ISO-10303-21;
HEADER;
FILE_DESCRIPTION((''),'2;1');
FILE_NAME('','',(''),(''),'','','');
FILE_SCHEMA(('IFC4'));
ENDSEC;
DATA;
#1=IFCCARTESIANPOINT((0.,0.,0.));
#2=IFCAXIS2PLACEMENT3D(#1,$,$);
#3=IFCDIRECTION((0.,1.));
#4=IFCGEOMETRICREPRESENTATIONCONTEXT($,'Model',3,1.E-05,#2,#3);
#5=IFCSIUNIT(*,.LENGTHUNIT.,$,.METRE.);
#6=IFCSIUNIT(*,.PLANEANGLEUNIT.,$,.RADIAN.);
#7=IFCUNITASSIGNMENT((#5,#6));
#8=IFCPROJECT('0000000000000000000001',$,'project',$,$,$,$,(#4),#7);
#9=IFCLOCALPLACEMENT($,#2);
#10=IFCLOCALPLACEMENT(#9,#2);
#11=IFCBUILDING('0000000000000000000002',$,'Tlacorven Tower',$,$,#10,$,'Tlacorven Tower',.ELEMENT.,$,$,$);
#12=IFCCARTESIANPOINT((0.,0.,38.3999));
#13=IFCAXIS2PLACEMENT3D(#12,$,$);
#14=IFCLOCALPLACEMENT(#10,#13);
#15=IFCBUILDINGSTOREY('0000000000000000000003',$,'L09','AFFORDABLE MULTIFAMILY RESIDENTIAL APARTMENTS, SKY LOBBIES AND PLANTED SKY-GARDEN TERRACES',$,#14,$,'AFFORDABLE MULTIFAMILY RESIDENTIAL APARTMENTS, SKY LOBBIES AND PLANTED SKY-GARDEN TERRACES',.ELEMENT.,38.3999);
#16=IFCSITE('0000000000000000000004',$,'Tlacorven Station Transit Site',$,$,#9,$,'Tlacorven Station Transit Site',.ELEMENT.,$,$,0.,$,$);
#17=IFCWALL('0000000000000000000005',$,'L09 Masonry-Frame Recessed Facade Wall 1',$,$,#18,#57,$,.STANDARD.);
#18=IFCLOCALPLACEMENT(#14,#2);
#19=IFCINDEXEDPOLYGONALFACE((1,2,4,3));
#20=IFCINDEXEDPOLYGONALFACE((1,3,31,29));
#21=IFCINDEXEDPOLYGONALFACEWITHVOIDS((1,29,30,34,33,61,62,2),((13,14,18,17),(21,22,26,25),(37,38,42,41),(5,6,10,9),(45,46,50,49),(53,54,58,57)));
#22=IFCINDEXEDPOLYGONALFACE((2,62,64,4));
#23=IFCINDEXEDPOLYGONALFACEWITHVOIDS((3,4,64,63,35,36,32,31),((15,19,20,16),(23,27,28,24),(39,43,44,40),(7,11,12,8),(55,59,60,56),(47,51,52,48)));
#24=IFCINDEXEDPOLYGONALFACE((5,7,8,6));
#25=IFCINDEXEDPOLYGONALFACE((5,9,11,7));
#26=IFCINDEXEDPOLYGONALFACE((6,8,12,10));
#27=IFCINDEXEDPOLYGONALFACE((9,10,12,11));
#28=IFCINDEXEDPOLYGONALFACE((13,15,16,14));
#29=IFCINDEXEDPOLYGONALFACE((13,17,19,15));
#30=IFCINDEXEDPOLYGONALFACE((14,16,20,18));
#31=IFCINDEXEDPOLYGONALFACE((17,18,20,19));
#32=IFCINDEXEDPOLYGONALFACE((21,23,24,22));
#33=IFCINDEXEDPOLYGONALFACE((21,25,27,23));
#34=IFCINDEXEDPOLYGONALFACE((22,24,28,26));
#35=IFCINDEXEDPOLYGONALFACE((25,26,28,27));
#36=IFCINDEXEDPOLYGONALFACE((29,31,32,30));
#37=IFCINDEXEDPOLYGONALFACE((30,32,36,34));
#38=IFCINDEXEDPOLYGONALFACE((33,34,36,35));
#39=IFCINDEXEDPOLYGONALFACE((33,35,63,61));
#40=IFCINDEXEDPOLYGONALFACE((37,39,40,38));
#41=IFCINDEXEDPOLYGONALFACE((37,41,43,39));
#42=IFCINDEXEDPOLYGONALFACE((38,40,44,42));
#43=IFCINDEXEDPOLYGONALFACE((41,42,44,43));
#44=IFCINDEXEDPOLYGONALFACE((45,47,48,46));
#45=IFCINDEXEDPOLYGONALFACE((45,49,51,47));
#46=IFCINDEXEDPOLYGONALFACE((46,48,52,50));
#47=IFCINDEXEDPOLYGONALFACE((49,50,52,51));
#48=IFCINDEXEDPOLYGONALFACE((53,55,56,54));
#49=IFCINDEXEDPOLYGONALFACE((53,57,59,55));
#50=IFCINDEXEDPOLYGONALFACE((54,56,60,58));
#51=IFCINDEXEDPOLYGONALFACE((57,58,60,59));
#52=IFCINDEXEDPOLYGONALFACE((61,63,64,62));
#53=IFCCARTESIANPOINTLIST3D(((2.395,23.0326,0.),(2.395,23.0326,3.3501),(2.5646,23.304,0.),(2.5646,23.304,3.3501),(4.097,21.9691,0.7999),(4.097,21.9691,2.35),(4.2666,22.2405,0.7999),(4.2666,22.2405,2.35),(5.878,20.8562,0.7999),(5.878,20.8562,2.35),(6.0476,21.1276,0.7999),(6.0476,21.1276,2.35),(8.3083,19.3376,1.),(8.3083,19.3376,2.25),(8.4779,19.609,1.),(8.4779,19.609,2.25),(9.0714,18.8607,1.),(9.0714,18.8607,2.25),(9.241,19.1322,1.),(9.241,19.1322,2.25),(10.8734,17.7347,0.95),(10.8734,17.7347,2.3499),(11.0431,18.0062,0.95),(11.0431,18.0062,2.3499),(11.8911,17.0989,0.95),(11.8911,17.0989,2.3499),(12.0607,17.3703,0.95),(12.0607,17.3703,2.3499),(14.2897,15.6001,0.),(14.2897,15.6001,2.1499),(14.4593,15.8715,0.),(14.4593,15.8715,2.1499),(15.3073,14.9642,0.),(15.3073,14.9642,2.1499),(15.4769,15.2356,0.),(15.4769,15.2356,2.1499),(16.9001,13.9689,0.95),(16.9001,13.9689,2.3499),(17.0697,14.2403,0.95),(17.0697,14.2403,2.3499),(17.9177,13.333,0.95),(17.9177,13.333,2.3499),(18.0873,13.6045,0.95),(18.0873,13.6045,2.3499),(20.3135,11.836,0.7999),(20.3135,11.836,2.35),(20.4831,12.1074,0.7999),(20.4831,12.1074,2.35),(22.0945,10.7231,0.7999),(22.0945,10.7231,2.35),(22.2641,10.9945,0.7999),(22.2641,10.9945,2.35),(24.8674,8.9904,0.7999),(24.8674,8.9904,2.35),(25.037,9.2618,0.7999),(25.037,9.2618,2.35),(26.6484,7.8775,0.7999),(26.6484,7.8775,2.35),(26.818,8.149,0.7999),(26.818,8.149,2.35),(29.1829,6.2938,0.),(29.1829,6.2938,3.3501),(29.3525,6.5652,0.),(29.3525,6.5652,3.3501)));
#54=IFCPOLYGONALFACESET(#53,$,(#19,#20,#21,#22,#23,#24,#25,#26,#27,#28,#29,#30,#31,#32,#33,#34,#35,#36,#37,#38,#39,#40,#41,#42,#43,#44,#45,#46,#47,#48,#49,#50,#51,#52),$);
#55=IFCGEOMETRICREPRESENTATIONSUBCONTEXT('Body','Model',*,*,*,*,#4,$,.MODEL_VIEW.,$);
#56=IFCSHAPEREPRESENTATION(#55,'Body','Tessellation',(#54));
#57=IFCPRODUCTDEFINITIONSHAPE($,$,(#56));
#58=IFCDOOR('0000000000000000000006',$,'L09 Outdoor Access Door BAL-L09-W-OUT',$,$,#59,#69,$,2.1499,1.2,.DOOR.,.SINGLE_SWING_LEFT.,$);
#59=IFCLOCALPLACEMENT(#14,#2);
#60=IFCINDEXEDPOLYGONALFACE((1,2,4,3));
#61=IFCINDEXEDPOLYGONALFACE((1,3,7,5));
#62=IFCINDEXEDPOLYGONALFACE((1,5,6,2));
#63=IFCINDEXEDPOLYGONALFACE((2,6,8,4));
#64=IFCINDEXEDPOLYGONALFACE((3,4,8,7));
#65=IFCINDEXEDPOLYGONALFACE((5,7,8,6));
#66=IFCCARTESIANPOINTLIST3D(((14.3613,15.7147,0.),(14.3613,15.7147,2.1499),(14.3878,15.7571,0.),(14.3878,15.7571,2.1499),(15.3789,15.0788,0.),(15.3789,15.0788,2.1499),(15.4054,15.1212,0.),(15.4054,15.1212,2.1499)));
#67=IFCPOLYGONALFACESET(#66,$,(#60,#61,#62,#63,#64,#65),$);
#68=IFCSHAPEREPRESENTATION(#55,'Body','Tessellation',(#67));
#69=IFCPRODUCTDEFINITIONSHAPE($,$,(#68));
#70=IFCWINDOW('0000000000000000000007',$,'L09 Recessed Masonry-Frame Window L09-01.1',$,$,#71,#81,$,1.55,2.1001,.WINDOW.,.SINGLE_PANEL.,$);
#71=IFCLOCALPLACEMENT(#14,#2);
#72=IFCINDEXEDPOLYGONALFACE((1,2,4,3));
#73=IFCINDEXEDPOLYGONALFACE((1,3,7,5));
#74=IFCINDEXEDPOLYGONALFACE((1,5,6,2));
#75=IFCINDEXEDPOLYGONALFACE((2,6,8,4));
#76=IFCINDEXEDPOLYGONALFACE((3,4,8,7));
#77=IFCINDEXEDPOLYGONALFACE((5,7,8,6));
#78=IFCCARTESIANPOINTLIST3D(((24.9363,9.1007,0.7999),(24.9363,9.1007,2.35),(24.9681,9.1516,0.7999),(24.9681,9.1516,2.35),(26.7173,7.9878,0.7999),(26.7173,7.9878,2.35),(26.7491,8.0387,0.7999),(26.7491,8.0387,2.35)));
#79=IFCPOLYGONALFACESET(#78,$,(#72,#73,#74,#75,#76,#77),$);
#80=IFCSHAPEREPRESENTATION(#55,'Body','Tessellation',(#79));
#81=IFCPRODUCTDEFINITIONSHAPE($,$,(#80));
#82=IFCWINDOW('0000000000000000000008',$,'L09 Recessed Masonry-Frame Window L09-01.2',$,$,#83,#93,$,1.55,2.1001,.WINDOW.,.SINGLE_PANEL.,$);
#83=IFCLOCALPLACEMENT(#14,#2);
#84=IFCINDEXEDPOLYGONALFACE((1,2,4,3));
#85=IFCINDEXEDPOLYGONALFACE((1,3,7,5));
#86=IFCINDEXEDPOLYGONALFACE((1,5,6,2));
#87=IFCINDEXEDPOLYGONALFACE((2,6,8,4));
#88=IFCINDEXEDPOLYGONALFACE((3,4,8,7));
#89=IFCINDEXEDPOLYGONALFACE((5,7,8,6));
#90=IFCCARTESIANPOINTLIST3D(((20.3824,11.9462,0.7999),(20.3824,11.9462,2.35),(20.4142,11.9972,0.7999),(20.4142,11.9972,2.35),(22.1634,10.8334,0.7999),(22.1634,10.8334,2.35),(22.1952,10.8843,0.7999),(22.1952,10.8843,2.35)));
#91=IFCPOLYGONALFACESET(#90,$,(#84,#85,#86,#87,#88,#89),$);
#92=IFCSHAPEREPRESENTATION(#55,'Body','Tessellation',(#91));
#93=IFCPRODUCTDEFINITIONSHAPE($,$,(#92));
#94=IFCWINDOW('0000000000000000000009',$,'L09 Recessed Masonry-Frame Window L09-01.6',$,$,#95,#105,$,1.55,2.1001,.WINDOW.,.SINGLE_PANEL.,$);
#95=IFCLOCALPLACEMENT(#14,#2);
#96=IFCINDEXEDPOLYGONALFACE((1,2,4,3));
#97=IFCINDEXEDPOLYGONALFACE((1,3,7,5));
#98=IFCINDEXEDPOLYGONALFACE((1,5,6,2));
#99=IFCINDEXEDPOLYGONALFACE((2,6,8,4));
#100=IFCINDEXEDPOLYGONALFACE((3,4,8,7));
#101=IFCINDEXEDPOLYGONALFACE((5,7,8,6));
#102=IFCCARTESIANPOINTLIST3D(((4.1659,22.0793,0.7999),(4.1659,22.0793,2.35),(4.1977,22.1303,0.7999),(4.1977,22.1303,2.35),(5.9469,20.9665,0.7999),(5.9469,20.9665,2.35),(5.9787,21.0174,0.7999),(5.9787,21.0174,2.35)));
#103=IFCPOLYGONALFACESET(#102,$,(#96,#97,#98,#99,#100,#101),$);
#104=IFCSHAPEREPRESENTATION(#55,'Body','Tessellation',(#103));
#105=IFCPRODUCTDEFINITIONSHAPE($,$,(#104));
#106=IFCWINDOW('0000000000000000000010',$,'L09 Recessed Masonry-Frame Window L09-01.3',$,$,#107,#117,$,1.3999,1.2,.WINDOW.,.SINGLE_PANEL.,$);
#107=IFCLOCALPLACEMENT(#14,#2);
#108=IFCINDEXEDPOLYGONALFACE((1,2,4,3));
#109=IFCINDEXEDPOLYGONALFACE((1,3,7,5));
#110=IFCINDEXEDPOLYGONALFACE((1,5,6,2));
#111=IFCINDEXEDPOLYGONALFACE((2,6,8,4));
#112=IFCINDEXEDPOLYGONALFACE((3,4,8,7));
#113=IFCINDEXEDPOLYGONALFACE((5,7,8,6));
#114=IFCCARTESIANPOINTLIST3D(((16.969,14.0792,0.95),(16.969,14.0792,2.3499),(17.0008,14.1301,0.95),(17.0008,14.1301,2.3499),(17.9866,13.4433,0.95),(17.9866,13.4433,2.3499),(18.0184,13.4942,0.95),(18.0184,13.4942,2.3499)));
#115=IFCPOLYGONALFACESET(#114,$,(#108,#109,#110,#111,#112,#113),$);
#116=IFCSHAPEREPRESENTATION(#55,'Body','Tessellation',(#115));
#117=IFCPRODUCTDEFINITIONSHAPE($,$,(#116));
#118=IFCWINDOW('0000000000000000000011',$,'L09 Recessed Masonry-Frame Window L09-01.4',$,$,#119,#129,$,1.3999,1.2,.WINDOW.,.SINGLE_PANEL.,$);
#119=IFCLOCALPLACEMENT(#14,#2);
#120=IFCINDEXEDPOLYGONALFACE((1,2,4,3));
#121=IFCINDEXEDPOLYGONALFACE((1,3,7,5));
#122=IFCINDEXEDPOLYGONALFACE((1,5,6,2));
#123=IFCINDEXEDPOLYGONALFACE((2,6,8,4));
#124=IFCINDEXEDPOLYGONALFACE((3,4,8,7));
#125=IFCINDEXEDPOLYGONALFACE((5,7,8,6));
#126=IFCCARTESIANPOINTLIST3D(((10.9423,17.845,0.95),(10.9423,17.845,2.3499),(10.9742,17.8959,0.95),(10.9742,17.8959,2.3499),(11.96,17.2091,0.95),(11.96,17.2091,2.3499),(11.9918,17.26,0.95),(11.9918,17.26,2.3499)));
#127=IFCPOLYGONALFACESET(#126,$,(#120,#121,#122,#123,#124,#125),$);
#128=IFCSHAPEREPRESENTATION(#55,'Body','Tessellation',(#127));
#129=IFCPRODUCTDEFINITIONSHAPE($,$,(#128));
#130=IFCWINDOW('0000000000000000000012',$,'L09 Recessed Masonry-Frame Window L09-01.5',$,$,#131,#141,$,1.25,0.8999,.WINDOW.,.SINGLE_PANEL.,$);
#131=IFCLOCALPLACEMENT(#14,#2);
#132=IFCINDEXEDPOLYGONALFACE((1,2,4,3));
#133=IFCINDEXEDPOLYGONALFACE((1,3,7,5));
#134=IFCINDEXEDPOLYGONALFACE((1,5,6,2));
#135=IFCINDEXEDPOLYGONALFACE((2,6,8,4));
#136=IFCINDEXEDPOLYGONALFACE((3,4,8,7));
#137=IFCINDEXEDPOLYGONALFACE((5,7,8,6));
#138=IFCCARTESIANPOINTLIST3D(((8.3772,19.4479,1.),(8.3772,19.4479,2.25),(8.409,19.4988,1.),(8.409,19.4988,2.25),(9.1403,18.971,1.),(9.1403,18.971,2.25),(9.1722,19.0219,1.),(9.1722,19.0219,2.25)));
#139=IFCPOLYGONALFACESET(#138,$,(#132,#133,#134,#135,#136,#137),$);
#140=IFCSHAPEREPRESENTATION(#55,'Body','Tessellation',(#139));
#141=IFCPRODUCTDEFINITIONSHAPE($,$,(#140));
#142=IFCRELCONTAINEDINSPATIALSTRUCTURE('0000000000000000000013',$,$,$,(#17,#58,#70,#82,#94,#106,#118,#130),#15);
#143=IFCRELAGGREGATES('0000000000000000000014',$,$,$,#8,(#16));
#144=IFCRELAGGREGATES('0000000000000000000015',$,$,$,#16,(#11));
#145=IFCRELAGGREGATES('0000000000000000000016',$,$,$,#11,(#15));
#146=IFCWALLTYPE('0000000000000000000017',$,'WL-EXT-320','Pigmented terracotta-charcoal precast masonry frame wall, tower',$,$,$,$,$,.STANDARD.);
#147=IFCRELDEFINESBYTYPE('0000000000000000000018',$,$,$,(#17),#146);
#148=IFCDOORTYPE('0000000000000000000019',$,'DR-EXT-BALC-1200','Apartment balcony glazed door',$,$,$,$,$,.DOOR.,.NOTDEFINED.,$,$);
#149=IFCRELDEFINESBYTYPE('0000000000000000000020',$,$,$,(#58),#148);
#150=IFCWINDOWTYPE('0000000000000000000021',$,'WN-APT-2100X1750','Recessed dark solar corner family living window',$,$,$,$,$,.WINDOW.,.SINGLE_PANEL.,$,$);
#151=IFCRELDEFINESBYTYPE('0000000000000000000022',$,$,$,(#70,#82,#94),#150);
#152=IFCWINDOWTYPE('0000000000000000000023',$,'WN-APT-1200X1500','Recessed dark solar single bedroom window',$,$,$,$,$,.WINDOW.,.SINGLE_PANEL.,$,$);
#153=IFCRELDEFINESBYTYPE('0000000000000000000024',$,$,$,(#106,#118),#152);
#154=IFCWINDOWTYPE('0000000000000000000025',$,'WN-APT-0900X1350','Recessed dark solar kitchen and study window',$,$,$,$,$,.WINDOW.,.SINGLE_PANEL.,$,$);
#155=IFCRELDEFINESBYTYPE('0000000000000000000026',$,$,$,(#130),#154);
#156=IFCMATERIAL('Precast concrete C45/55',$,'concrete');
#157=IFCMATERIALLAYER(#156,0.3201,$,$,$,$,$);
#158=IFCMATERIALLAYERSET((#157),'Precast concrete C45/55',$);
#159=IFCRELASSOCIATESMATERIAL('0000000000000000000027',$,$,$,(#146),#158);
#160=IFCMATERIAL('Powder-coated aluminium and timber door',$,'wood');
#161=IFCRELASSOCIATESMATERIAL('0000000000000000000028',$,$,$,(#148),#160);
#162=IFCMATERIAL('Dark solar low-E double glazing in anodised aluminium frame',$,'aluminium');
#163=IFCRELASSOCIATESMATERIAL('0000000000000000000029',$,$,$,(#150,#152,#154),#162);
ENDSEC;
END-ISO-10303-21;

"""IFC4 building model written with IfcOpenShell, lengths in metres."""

from ifc_helpers import new_model, si_unit, direction, frame, frame_2d, origin, place, context, subcontext, project, spatial, rectangle, extrude, source, transform, mapped, material, layer, layer_set, type_object, element, fill, save


model = new_model("IFC4")

# Units and contexts
model_context = context("Model", 3, precision=1e-05, world=origin(), true_north=direction((0.0, 1.0)))
body_context = subcontext(model_context, "Body", "Model", "MODEL_VIEW")
ifc_project = project(units=[si_unit("LENGTHUNIT", "METRE"), si_unit("PLANEANGLEUNIT", "RADIAN")], contexts=[model_context])

# Site, building, storey
site_placement = place(None, origin())
site = spatial("IfcSite", under=ifc_project, at=site_placement, Name="Tlacorven Station Transit Site", LongName="Tlacorven Station Transit Site", CompositionType="ELEMENT", RefElevation=0.0)
building_placement = place(site_placement, origin())
building = spatial("IfcBuilding", under=site, at=building_placement, Name="Tlacorven Tower", LongName="Tlacorven Tower", CompositionType="ELEMENT")
storey_placement = place(building_placement, frame((0.0, 0.0, 38.3999)))
storey = spatial("IfcBuildingStorey", under=building, at=storey_placement, Name="L09", Description="AFFORDABLE MULTIFAMILY RESIDENTIAL APARTMENTS, SKY LOBBIES AND PLANTED SKY-GARDEN TERRACES", LongName="AFFORDABLE MULTIFAMILY RESIDENTIAL APARTMENTS, SKY LOBBIES AND PLANTED SKY-GARDEN TERRACES", CompositionType="ELEMENT", Elevation=38.3999)

# Wall, openings, door, windows
ifc_material_1 = material(Name="Precast concrete C45/55", Category="concrete")
ifc_layer_1 = layer(ifc_material_1, 0.3201)
ifc_layer_set_1 = layer_set([ifc_layer_1], Name="Precast concrete C45/55")
wall_type_1 = type_object("IfcWallType", Name="WL-EXT-320", Description="Pigmented terracotta-charcoal precast masonry frame wall, tower", PredefinedType="STANDARD", material=ifc_layer_set_1)
wall_1_placement = place(storey_placement, frame((29.2678, 6.4294, 0.0), z_axis=(0.0, 0.0, 1.0), x_axis=(-0.84805, 0.529916, 0.0)))
wall_1 = element("IfcWall", 1, at=wall_1_placement, inside=storey, type_object=wall_type_1, Name="L09 Masonry-Frame Recessed Facade Wall 1", PredefinedType="STANDARD", context=body_context, shape_type="SweptSolid", body=[
    extrude(rectangle(XDim=31.5876, YDim=0.3201, at=frame_2d((15.7939, 0.0))), origin(), (0.0, 0.0, 1.0), 3.3501),
])
opening_1_placement = place(wall_1_placement, frame((16.3618, 0.0, 0.0)))
opening_1 = element("IfcOpeningElement", 2, at=opening_1_placement, cuts=wall_1, PredefinedType="OPENING", context=body_context, shape_type="SweptSolid", body=[
    extrude(rectangle(XDim=1.2, YDim=2.1499, at=frame_2d((0.6001, 1.075))), frame((0.0, 0.1699, 0.0), z_axis=(0.0, -1.0, 0.0), x_axis=(1.0, 0.0, 0.0)), (0.0, 0.0, 1.0), 0.3401),
])
opening_2_placement = place(wall_1_placement, frame((2.9888, 0.0, 0.8)))
opening_2 = element("IfcOpeningElement", 3, at=opening_2_placement, cuts=wall_1, PredefinedType="OPENING", context=body_context, shape_type="SweptSolid", body=[
    extrude(rectangle(XDim=2.1001, YDim=1.55, at=frame_2d((1.05, 0.7749))), frame((0.0, 0.1699, 0.0), z_axis=(0.0, -1.0, 0.0), x_axis=(1.0, 0.0, 0.0)), (0.0, 0.0, 1.0), 0.3401),
])
opening_3_placement = place(wall_1_placement, frame((8.3586, 0.0, 0.8)))
opening_3 = element("IfcOpeningElement", 4, at=opening_3_placement, cuts=wall_1, PredefinedType="OPENING", context=body_context, shape_type="SweptSolid", body=[
    extrude(rectangle(XDim=2.1001, YDim=1.55, at=frame_2d((1.05, 0.7749))), frame((0.0, 0.1699, 0.0), z_axis=(0.0, -1.0, 0.0), x_axis=(1.0, 0.0, 0.0)), (0.0, 0.0, 1.0), 0.3401),
])
opening_4_placement = place(wall_1_placement, frame((13.2837, 0.0, 0.95)))
opening_4 = element("IfcOpeningElement", 5, at=opening_4_placement, cuts=wall_1, PredefinedType="OPENING", context=body_context, shape_type="SweptSolid", body=[
    extrude(rectangle(XDim=1.2, YDim=1.3999, at=frame_2d((0.6001, 0.7))), frame((0.0, 0.1699, 0.0), z_axis=(0.0, -1.0, 0.0), x_axis=(1.0, 0.0, 0.0)), (0.0, 0.0, 1.0), 0.3401),
])
opening_5_placement = place(wall_1_placement, frame((20.3901, 0.0, 0.95)))
opening_5 = element("IfcOpeningElement", 6, at=opening_5_placement, cuts=wall_1, PredefinedType="OPENING", context=body_context, shape_type="SweptSolid", body=[
    extrude(rectangle(XDim=1.2, YDim=1.3999, at=frame_2d((0.6001, 0.7))), frame((0.0, 0.1699, 0.0), z_axis=(0.0, -1.0, 0.0), x_axis=(1.0, 0.0, 0.0)), (0.0, 0.0, 1.0), 0.3401),
])
opening_6_placement = place(wall_1_placement, frame((23.7151, 0.0, 1.0)))
opening_6 = element("IfcOpeningElement", 7, at=opening_6_placement, cuts=wall_1, PredefinedType="OPENING", context=body_context, shape_type="SweptSolid", body=[
    extrude(rectangle(XDim=0.8999, YDim=1.25, at=frame_2d((0.45, 0.625))), frame((0.0, 0.1699, 0.0), z_axis=(0.0, -1.0, 0.0), x_axis=(1.0, 0.0, 0.0)), (0.0, 0.0, 1.0), 0.3401),
])
opening_7_placement = place(wall_1_placement, frame((27.4807, 0.0, 0.8)))
opening_7 = element("IfcOpeningElement", 8, at=opening_7_placement, cuts=wall_1, PredefinedType="OPENING", context=body_context, shape_type="SweptSolid", body=[
    extrude(rectangle(XDim=2.1001, YDim=1.55, at=frame_2d((1.05, 0.7749))), frame((0.0, 0.1699, 0.0), z_axis=(0.0, -1.0, 0.0), x_axis=(1.0, 0.0, 0.0)), (0.0, 0.0, 1.0), 0.3401),
])
ifc_material_2 = material(Name="Powder-coated aluminium and timber door", Category="wood")
door_type_1 = type_object("IfcDoorType", Name="DR-EXT-BALC-1200", Description="Apartment balcony glazed door", OperationType="NOTDEFINED", PredefinedType="DOOR", material=ifc_material_2)
shared_shape_1 = source(origin(), body_context, "Body", "SweptSolid", [
    extrude(rectangle(XDim=1.2, YDim=2.1499, at=frame_2d((0.6001, 1.075))), frame((0.0, 0.0249, 0.0), z_axis=(0.0, -1.0, 0.0), x_axis=(1.0, 0.0, 0.0)), (0.0, 0.0, 1.0), 0.05),
])
door_1_placement = place(opening_1_placement, origin())
door_1 = element("IfcDoor", 9, at=door_1_placement, inside=storey, type_object=door_type_1, Name="L09 Outdoor Access Door BAL-L09-W-OUT", OperationType="SINGLE_SWING_LEFT", OverallHeight=2.1499, OverallWidth=1.2, PredefinedType="DOOR", context=body_context, shape_type="MappedRepresentation", body=[
    mapped(shared_shape_1, transform((0.0, 0.0, 0.0), scale=1.0)),
])
fill(opening_1, door_1)
ifc_material_3 = material(Name="Dark solar low-E double glazing in anodised aluminium frame", Category="aluminium")
window_type_1 = type_object("IfcWindowType", Name="WN-APT-2100X1750", Description="Recessed dark solar corner family living window", PartitioningType="SINGLE_PANEL", PredefinedType="WINDOW", material=ifc_material_3)
shared_shape_2 = source(origin(), body_context, "Body", "SweptSolid", [
    extrude(rectangle(XDim=2.1001, YDim=1.55, at=frame_2d((1.05, 0.7749))), frame((0.0, 0.03, 0.0), z_axis=(0.0, -1.0, 0.0), x_axis=(1.0, 0.0, 0.0)), (0.0, 0.0, 1.0), 0.0601),
])
window_1_placement = place(opening_2_placement, origin())
window_1 = element("IfcWindow", 10, at=window_1_placement, inside=storey, type_object=window_type_1, Name="L09 Recessed Masonry-Frame Window L09-01.1", OverallHeight=1.55, OverallWidth=2.1001, PartitioningType="SINGLE_PANEL", PredefinedType="WINDOW", context=body_context, shape_type="MappedRepresentation", body=[
    mapped(shared_shape_2, transform((0.0, 0.0, 0.0), scale=1.0)),
])
fill(opening_2, window_1)
window_2_placement = place(opening_3_placement, origin())
window_2 = element("IfcWindow", 11, at=window_2_placement, inside=storey, type_object=window_type_1, Name="L09 Recessed Masonry-Frame Window L09-01.2", OverallHeight=1.55, OverallWidth=2.1001, PartitioningType="SINGLE_PANEL", PredefinedType="WINDOW", context=body_context, shape_type="MappedRepresentation", body=[
    mapped(shared_shape_2, transform((0.0, 0.0, 0.0), scale=1.0)),
])
fill(opening_3, window_2)
window_3_placement = place(opening_7_placement, origin())
window_3 = element("IfcWindow", 12, at=window_3_placement, inside=storey, type_object=window_type_1, Name="L09 Recessed Masonry-Frame Window L09-01.6", OverallHeight=1.55, OverallWidth=2.1001, PartitioningType="SINGLE_PANEL", PredefinedType="WINDOW", context=body_context, shape_type="MappedRepresentation", body=[
    mapped(shared_shape_2, transform((0.0, 0.0, 0.0), scale=1.0)),
])
fill(opening_7, window_3)
window_type_2 = type_object("IfcWindowType", Name="WN-APT-1200X1500", Description="Recessed dark solar single bedroom window", PartitioningType="SINGLE_PANEL", PredefinedType="WINDOW", material=ifc_material_3)
shared_shape_3 = source(origin(), body_context, "Body", "SweptSolid", [
    extrude(rectangle(XDim=1.2, YDim=1.3999, at=frame_2d((0.6001, 0.7))), frame((0.0, 0.03, 0.0), z_axis=(0.0, -1.0, 0.0), x_axis=(1.0, 0.0, 0.0)), (0.0, 0.0, 1.0), 0.0601),
])
window_4_placement = place(opening_4_placement, origin())
window_4 = element("IfcWindow", 13, at=window_4_placement, inside=storey, type_object=window_type_2, Name="L09 Recessed Masonry-Frame Window L09-01.3", OverallHeight=1.3999, OverallWidth=1.2, PartitioningType="SINGLE_PANEL", PredefinedType="WINDOW", context=body_context, shape_type="MappedRepresentation", body=[
    mapped(shared_shape_3, transform((0.0, 0.0, 0.0), scale=1.0)),
])
fill(opening_4, window_4)
window_5_placement = place(opening_5_placement, origin())
window_5 = element("IfcWindow", 14, at=window_5_placement, inside=storey, type_object=window_type_2, Name="L09 Recessed Masonry-Frame Window L09-01.4", OverallHeight=1.3999, OverallWidth=1.2, PartitioningType="SINGLE_PANEL", PredefinedType="WINDOW", context=body_context, shape_type="MappedRepresentation", body=[
    mapped(shared_shape_3, transform((0.0, 0.0, 0.0), scale=1.0)),
])
fill(opening_5, window_5)
window_type_3 = type_object("IfcWindowType", Name="WN-APT-0900X1350", Description="Recessed dark solar kitchen and study window", PartitioningType="SINGLE_PANEL", PredefinedType="WINDOW", material=ifc_material_3)
shared_shape_4 = source(origin(), body_context, "Body", "SweptSolid", [
    extrude(rectangle(XDim=0.8999, YDim=1.25, at=frame_2d((0.45, 0.625))), frame((0.0, 0.03, 0.0), z_axis=(0.0, -1.0, 0.0), x_axis=(1.0, 0.0, 0.0)), (0.0, 0.0, 1.0), 0.0601),
])
window_6_placement = place(opening_6_placement, origin())
window_6 = element("IfcWindow", 15, at=window_6_placement, inside=storey, type_object=window_type_3, Name="L09 Recessed Masonry-Frame Window L09-01.5", OverallHeight=1.25, OverallWidth=0.8999, PartitioningType="SINGLE_PANEL", PredefinedType="WINDOW", context=body_context, shape_type="MappedRepresentation", body=[
    mapped(shared_shape_4, transform((0.0, 0.0, 0.0), scale=1.0)),
])
fill(opening_6, window_6)

save(model, "model.ifc")
